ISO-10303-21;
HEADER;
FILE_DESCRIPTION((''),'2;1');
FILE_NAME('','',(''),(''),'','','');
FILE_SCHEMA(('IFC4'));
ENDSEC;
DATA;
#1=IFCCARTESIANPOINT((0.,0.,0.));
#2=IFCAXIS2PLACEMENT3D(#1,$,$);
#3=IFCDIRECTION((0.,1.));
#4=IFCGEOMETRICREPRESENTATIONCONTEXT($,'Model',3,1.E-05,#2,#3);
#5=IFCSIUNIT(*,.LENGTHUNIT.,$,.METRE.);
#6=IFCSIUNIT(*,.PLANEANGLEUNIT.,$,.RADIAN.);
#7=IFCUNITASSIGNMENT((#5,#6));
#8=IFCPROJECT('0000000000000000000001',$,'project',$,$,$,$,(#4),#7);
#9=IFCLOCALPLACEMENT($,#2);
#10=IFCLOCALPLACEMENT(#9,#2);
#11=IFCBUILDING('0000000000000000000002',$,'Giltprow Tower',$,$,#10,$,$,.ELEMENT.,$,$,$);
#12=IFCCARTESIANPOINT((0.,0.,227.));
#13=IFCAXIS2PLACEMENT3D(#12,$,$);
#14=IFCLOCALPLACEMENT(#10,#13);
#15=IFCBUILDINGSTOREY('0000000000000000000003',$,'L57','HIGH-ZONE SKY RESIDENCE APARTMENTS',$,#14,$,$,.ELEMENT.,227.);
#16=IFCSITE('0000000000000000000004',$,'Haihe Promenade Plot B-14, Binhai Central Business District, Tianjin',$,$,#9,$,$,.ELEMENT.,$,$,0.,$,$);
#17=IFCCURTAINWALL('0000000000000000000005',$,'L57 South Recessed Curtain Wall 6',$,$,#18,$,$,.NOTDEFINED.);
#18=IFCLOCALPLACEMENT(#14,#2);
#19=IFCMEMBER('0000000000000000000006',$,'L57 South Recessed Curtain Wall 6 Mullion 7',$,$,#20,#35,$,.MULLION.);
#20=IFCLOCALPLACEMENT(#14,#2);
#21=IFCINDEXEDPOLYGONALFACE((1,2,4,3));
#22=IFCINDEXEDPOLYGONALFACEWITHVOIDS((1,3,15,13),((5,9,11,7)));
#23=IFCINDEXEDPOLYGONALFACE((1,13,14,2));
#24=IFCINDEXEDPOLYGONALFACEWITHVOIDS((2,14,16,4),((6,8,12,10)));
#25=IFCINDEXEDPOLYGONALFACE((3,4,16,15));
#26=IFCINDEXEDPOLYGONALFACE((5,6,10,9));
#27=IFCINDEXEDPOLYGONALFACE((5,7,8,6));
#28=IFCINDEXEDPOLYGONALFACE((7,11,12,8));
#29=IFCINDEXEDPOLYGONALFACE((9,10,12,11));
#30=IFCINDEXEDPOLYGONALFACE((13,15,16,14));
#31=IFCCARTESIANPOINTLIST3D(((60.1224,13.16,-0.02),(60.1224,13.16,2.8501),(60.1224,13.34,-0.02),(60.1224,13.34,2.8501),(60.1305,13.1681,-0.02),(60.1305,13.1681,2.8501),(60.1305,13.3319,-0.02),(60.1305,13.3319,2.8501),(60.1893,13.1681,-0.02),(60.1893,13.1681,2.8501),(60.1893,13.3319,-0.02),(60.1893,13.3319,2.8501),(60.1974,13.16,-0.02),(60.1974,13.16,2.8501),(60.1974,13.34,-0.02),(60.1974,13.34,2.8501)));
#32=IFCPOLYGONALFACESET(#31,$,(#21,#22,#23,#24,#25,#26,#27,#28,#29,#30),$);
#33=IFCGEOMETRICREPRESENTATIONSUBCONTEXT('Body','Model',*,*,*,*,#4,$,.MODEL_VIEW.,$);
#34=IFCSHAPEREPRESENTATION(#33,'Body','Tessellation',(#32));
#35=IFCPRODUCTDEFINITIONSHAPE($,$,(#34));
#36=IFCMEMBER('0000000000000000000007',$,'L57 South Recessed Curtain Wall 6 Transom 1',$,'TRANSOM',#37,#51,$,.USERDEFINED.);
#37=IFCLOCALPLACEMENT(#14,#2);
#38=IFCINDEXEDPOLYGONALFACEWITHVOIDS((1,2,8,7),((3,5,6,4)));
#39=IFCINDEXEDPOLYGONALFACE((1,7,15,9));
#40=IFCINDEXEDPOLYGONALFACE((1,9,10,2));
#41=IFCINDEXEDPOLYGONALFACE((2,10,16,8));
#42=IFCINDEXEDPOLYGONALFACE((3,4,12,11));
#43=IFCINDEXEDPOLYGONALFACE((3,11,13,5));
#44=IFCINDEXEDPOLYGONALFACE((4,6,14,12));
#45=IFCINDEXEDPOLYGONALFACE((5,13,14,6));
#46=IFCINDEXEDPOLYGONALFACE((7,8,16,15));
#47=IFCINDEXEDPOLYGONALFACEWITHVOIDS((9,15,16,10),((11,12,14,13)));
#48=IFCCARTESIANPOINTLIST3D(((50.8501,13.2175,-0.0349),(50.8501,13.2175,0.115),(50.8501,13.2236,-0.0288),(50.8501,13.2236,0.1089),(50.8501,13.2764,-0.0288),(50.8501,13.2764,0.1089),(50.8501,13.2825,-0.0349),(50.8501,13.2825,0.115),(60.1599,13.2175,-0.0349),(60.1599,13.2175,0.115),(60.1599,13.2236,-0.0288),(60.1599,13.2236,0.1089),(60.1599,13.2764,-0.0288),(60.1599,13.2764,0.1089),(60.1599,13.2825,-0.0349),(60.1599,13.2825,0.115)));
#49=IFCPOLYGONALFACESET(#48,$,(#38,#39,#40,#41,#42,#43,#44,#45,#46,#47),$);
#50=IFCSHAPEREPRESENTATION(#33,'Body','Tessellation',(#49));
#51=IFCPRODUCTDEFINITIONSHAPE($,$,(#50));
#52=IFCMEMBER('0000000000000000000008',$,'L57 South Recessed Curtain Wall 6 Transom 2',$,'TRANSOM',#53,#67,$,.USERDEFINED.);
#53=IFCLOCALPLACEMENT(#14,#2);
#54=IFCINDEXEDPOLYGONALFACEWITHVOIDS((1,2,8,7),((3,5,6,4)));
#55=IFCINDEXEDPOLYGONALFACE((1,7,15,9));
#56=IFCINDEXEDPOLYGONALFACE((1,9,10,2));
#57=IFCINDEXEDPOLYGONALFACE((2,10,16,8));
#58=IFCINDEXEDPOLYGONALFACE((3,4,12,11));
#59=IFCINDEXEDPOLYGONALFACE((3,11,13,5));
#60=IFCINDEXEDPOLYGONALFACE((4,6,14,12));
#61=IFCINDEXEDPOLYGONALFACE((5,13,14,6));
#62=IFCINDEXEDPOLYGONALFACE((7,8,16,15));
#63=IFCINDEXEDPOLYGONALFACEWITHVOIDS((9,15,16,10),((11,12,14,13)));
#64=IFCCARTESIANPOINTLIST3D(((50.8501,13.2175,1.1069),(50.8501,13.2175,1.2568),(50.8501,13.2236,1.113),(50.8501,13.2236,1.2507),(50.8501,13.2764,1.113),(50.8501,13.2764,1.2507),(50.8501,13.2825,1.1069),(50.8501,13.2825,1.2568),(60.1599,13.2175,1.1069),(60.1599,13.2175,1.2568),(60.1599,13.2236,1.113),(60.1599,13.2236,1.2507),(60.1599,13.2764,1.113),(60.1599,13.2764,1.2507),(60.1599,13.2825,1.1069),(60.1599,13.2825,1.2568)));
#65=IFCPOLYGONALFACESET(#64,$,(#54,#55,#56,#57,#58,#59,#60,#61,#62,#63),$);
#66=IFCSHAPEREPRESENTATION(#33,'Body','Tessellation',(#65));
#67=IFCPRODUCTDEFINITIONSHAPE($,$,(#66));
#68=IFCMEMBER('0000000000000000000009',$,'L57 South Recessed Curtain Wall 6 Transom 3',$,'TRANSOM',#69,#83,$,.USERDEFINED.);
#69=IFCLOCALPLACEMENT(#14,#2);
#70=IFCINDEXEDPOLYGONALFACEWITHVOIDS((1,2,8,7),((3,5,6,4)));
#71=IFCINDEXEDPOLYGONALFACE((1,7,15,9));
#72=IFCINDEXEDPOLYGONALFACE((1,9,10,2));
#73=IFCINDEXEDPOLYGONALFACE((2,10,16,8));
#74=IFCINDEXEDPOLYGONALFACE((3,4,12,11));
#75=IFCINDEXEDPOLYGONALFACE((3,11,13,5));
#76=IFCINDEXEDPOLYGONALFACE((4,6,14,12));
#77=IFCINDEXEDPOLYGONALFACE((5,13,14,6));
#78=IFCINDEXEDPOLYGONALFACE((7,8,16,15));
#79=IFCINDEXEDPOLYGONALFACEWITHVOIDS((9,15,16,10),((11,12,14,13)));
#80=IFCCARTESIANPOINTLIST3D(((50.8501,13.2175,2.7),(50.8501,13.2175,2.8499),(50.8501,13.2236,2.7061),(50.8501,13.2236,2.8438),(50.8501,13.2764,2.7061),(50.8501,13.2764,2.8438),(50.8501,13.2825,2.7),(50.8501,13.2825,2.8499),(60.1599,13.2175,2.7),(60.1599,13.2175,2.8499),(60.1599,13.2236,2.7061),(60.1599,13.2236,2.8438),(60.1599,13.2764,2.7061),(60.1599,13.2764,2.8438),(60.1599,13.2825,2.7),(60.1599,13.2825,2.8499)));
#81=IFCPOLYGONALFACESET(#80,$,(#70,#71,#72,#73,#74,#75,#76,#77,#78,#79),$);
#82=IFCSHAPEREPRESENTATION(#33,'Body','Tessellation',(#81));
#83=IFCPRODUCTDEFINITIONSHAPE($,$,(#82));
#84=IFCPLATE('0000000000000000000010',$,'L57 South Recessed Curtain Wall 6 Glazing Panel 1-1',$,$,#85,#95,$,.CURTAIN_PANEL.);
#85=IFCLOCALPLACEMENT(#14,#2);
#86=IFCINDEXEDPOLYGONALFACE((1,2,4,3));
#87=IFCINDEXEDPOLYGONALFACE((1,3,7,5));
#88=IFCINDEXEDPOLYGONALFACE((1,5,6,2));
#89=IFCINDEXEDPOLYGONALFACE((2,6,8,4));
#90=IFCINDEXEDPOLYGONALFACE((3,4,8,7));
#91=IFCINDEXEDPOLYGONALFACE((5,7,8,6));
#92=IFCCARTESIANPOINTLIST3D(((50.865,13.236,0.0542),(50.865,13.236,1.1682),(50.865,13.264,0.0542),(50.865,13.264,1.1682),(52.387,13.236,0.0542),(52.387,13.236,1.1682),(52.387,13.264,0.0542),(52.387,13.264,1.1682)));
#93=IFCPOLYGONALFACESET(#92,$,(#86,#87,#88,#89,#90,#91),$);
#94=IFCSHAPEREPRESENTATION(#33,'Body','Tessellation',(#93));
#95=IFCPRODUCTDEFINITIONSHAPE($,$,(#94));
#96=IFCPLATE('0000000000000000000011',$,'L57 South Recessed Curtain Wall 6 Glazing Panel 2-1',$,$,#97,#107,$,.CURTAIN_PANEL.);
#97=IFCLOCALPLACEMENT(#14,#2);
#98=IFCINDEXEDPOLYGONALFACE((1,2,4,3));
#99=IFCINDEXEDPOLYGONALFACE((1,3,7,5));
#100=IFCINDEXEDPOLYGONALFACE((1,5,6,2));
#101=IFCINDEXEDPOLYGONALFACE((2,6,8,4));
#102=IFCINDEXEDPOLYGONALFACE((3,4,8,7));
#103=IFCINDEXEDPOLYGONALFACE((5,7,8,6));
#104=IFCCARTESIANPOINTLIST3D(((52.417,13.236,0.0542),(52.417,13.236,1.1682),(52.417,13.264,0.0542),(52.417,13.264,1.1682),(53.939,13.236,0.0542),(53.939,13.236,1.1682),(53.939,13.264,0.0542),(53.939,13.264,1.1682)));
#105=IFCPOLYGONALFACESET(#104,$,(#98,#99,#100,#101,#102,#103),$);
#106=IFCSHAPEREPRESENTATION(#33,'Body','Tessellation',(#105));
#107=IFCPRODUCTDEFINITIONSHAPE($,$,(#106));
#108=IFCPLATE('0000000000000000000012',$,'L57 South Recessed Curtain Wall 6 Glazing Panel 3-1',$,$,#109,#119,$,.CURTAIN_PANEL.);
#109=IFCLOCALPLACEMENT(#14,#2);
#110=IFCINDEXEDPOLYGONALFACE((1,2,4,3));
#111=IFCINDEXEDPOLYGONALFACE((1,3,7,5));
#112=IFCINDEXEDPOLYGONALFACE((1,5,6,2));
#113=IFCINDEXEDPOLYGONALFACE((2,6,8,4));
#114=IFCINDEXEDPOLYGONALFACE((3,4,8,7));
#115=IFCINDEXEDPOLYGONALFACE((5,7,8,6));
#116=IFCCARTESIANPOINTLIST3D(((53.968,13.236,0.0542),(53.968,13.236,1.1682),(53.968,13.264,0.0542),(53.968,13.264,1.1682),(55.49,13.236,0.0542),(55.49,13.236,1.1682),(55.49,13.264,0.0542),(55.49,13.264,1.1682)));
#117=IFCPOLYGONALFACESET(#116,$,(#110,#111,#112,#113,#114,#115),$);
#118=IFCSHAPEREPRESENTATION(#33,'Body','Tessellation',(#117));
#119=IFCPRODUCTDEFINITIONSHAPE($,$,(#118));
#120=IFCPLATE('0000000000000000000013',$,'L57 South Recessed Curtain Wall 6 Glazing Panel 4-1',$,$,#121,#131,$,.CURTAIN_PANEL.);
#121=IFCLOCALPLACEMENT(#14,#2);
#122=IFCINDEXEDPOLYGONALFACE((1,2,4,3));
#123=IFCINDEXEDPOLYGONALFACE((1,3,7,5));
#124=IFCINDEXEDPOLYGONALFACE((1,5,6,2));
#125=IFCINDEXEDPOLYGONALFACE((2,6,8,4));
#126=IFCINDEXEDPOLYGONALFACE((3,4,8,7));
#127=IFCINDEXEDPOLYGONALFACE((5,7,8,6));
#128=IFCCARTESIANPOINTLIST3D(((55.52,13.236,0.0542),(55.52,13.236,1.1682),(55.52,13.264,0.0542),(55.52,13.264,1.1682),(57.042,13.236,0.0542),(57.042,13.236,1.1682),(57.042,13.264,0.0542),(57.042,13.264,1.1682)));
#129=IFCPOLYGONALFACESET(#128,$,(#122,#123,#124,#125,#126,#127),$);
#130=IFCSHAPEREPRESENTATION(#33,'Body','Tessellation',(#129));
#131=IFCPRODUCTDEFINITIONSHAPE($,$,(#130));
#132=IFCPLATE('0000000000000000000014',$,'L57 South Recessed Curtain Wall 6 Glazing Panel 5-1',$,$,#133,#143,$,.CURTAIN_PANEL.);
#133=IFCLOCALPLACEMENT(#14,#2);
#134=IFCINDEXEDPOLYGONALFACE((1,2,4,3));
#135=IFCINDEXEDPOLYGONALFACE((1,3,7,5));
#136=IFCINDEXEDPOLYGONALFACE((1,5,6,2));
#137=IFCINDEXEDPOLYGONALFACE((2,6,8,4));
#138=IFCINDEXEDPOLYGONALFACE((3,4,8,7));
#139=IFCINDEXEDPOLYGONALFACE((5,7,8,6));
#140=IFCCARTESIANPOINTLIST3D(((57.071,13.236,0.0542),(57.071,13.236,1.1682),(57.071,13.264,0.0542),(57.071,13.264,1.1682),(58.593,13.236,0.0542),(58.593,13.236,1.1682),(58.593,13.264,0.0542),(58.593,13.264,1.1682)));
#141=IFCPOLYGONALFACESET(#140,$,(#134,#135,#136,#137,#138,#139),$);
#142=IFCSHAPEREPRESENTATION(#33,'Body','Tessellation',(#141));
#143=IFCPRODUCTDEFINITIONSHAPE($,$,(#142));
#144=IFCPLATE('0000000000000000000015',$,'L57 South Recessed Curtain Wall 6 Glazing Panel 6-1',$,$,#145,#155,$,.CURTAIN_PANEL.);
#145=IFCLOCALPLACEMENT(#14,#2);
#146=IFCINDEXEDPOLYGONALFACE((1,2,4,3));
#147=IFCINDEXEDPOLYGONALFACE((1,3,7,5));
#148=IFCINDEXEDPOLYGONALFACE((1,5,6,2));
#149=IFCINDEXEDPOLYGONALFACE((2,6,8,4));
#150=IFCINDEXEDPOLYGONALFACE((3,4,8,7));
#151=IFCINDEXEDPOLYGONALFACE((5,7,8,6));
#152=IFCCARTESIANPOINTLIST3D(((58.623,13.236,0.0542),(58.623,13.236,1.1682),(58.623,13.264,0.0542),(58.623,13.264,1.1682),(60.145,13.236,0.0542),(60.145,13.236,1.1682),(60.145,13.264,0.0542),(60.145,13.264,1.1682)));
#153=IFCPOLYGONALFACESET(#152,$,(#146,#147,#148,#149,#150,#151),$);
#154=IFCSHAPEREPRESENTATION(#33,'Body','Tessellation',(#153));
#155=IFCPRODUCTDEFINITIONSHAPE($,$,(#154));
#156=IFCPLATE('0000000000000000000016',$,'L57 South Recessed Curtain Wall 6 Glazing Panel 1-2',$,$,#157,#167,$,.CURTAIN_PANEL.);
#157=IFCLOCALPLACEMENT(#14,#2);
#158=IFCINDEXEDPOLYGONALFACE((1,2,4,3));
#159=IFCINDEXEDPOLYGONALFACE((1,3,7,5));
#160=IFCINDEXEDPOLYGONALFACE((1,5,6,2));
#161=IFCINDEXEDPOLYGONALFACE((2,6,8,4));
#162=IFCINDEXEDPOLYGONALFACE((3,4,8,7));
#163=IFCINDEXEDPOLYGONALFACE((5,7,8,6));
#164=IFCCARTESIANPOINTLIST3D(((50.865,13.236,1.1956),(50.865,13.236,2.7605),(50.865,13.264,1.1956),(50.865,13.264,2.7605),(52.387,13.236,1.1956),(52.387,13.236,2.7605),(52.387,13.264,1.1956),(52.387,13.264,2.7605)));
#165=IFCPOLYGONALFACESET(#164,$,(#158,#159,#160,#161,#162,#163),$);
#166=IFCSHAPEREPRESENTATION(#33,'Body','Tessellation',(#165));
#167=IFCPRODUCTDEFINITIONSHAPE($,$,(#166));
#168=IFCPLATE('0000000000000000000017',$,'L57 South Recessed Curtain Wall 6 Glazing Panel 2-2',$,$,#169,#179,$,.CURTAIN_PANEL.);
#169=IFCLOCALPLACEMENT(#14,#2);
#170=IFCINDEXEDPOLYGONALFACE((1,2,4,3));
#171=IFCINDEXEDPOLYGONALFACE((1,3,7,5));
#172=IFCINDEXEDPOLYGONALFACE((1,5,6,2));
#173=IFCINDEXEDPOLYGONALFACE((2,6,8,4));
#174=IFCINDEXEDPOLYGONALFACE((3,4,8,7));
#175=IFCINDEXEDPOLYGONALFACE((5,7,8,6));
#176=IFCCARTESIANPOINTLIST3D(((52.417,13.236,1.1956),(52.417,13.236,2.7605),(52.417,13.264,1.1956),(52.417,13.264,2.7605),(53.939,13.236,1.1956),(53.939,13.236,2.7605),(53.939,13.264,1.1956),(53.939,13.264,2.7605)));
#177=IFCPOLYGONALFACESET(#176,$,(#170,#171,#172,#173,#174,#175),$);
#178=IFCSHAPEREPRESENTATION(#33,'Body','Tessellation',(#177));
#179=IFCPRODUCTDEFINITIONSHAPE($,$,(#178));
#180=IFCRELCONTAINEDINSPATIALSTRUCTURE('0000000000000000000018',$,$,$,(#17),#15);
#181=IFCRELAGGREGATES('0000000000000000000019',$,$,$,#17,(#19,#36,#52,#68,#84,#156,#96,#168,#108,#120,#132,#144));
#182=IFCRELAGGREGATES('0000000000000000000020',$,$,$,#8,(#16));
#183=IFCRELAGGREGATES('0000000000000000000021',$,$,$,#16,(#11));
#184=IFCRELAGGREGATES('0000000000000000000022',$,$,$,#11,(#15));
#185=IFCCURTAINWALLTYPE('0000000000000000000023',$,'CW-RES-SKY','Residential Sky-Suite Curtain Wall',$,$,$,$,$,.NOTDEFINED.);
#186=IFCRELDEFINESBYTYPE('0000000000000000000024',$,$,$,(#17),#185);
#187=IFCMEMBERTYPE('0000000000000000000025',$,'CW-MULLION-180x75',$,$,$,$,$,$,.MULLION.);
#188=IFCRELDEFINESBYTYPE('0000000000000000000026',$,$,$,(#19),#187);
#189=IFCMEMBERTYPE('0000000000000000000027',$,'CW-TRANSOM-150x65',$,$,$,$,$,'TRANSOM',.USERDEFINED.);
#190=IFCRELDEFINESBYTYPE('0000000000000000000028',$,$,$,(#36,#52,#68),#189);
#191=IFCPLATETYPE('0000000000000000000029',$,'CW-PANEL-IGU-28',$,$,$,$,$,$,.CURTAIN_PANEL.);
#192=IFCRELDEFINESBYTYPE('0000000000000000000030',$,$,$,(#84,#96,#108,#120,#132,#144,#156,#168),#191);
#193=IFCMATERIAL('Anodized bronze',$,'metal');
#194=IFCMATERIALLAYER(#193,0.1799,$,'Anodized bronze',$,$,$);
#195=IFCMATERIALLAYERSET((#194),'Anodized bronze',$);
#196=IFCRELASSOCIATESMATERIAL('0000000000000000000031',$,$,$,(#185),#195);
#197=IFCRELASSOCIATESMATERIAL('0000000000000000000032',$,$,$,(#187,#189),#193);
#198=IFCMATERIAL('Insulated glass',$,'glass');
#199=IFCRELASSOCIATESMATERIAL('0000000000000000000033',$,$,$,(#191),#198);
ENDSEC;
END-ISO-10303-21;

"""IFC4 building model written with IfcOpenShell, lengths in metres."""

from ifc_helpers import new_model, si_unit, direction, frame, origin, origin_2d, place, context, subcontext, project, spatial, rectangle, hollow_rectangle, extrude, source, transform, mapped, material, layer, layer_set, material_profile, profile_set, type_object, element, aggregate, save


model = new_model("IFC4")

# Units and contexts
model_context = context("Model", 3, precision=1e-05, world=origin(), true_north=direction((0.0, 1.0)))
body_context = subcontext(model_context, "Body", "Model", "MODEL_VIEW")
ifc_project = project(units=[si_unit("LENGTHUNIT", "METRE"), si_unit("PLANEANGLEUNIT", "RADIAN")], contexts=[model_context])

# Site, building, storey
site_placement = place(None, origin())
site = spatial("IfcSite", under=ifc_project, at=site_placement, Name="Haihe Promenade Plot B-14, Binhai Central Business District, Tianjin", CompositionType="ELEMENT", RefElevation=0.0)
building_placement = place(site_placement, origin())
building = spatial("IfcBuilding", under=site, at=building_placement, Name="Giltprow Tower", CompositionType="ELEMENT")
storey_placement = place(building_placement, frame((0.0, 0.0, 227.0)))
storey = spatial("IfcBuildingStorey", under=building, at=storey_placement, Name="L57", Description="HIGH-ZONE SKY RESIDENCE APARTMENTS", CompositionType="ELEMENT", Elevation=227.0)

# Curtain wall, members, plates
ifc_material_1 = material(Name="Anodized bronze", Category="metal")
ifc_layer_1 = layer(ifc_material_1, 0.1799, Name="Anodized bronze")
ifc_layer_set_1 = layer_set([ifc_layer_1], Name="Anodized bronze")
curtain_wall_type = type_object("IfcCurtainWallType", Name="CW-RES-SKY", Description="Residential Sky-Suite Curtain Wall", PredefinedType="NOTDEFINED", material=ifc_layer_set_1)
curtain_wall_placement = place(storey_placement, origin())
curtain_wall = element("IfcCurtainWall", 1, at=curtain_wall_placement, inside=storey, type_object=curtain_wall_type, Name="L57 South Recessed Curtain Wall 6", PredefinedType="NOTDEFINED")
ifc_material_profile_1 = material_profile(ifc_material_1, hollow_rectangle(XDim=0.075, YDim=0.1799, WallThickness=0.0081, at=origin_2d()), Name="RHS 180x75x8")
ifc_profile_set_1 = profile_set([ifc_material_profile_1], Name="Anodized bronze")
member_type_1 = type_object("IfcMemberType", Name="CW-MULLION-180x75", PredefinedType="MULLION", material=ifc_profile_set_1)
shared_shape_1 = source(origin(), body_context, "Body", "SweptSolid", [
    extrude(hollow_rectangle(XDim=0.075, YDim=0.1799, WallThickness=0.0081, at=origin_2d()), origin(), (0.0, 0.0, 1.0), 2.8701),
])
member_1_placement = place(storey_placement, frame((60.1599, 13.25, -0.02), z_axis=(0.0, 0.0, 1.0), x_axis=(1.0, 0.0, 0.0)))
member_1 = element("IfcMember", 2, at=member_1_placement, type_object=member_type_1, Name="L57 South Recessed Curtain Wall 6 Mullion 7", PredefinedType="MULLION", context=body_context, shape_type="MappedRepresentation", body=[
    mapped(shared_shape_1, transform((0.0, 0.0, 0.0), x_axis=(1.0, 0.0, 0.0), y_axis=(0.0, 1.0, 0.0), z_axis=(0.0, 0.0, 1.0), scale=1.0)),
])
ifc_material_profile_2 = material_profile(ifc_material_1, hollow_rectangle(XDim=0.0649, YDim=0.1499, WallThickness=0.0061, at=origin_2d()), Name="RHS 150x65x6")
ifc_profile_set_2 = profile_set([ifc_material_profile_2], Name="Anodized bronze")
member_type_2 = type_object("IfcMemberType", Name="CW-TRANSOM-150x65", ElementType="TRANSOM", PredefinedType="USERDEFINED", material=ifc_profile_set_2)
shared_shape_2 = source(origin(), body_context, "Body", "SweptSolid", [
    extrude(hollow_rectangle(XDim=0.0649, YDim=0.1499, WallThickness=0.0061, at=origin_2d()), origin(), (0.0, 0.0, 1.0), 9.3098),
])
member_2_placement = place(storey_placement, frame((50.8501, 13.25, 0.04), z_axis=(1.0, 0.0, 0.0), x_axis=(0.0, 1.0, 0.0)))
member_2 = element("IfcMember", 3, at=member_2_placement, type_object=member_type_2, Name="L57 South Recessed Curtain Wall 6 Transom 1", ObjectType="TRANSOM", PredefinedType="USERDEFINED", context=body_context, shape_type="MappedRepresentation", body=[
    mapped(shared_shape_2, transform((0.0, 0.0, 0.0), x_axis=(1.0, 0.0, 0.0), y_axis=(0.0, 1.0, 0.0), z_axis=(0.0, 0.0, 1.0), scale=1.0)),
])
member_3_placement = place(storey_placement, frame((50.8501, 13.25, 1.1819), z_axis=(1.0, 0.0, 0.0), x_axis=(0.0, 1.0, 0.0)))
member_3 = element("IfcMember", 4, at=member_3_placement, type_object=member_type_2, Name="L57 South Recessed Curtain Wall 6 Transom 2", ObjectType="TRANSOM", PredefinedType="USERDEFINED", context=body_context, shape_type="MappedRepresentation", body=[
    mapped(shared_shape_2, transform((0.0, 0.0, 0.0), x_axis=(1.0, 0.0, 0.0), y_axis=(0.0, 1.0, 0.0), z_axis=(0.0, 0.0, 1.0), scale=1.0)),
])
member_4_placement = place(storey_placement, frame((50.8501, 13.25, 2.7749), z_axis=(1.0, 0.0, 0.0), x_axis=(0.0, 1.0, 0.0)))
member_4 = element("IfcMember", 5, at=member_4_placement, type_object=member_type_2, Name="L57 South Recessed Curtain Wall 6 Transom 3", ObjectType="TRANSOM", PredefinedType="USERDEFINED", context=body_context, shape_type="MappedRepresentation", body=[
    mapped(shared_shape_2, transform((0.0, 0.0, 0.0), x_axis=(1.0, 0.0, 0.0), y_axis=(0.0, 1.0, 0.0), z_axis=(0.0, 0.0, 1.0), scale=1.0)),
])
ifc_material_2 = material(Name="Insulated glass", Category="glass")
plate_type = type_object("IfcPlateType", Name="CW-PANEL-IGU-28", PredefinedType="CURTAIN_PANEL", material=ifc_material_2)
shared_shape_3 = source(origin(), body_context, "Body", "SweptSolid", [
    extrude(rectangle(XDim=1.522, YDim=0.0281, at=origin_2d()), origin(), (0.0, 0.0, 1.0), 1.114),
])
plate_1_placement = place(storey_placement, frame((51.626, 13.25, 0.0542), z_axis=(0.0, 0.0, 1.0), x_axis=(1.0, 0.0, 0.0)))
plate_1 = element("IfcPlate", 6, at=plate_1_placement, type_object=plate_type, Name="L57 South Recessed Curtain Wall 6 Glazing Panel 1-1", PredefinedType="CURTAIN_PANEL", context=body_context, shape_type="MappedRepresentation", body=[
    mapped(shared_shape_3, transform((0.0, 0.0, 0.0), x_axis=(1.0, 0.0, 0.0), y_axis=(0.0, 1.0, 0.0), z_axis=(0.0, 0.0, 1.0), scale=1.0)),
])
plate_2_placement = place(storey_placement, frame((53.178, 13.25, 0.0542), z_axis=(0.0, 0.0, 1.0), x_axis=(1.0, 0.0, 0.0)))
plate_2 = element("IfcPlate", 7, at=plate_2_placement, type_object=plate_type, Name="L57 South Recessed Curtain Wall 6 Glazing Panel 2-1", PredefinedType="CURTAIN_PANEL", context=body_context, shape_type="MappedRepresentation", body=[
    mapped(shared_shape_3, transform((0.0, 0.0, 0.0), x_axis=(1.0, 0.0, 0.0), y_axis=(0.0, 1.0, 0.0), z_axis=(0.0, 0.0, 1.0), scale=1.0)),
])
plate_3_placement = place(storey_placement, frame((54.729, 13.25, 0.0542), z_axis=(0.0, 0.0, 1.0), x_axis=(1.0, 0.0, 0.0)))
plate_3 = element("IfcPlate", 8, at=plate_3_placement, type_object=plate_type, Name="L57 South Recessed Curtain Wall 6 Glazing Panel 3-1", PredefinedType="CURTAIN_PANEL", context=body_context, shape_type="MappedRepresentation", body=[
    mapped(shared_shape_3, transform((0.0, 0.0, 0.0), x_axis=(1.0, 0.0, 0.0), y_axis=(0.0, 1.0, 0.0), z_axis=(0.0, 0.0, 1.0), scale=1.0)),
])
plate_4_placement = place(storey_placement, frame((56.281, 13.25, 0.0542), z_axis=(0.0, 0.0, 1.0), x_axis=(1.0, 0.0, 0.0)))
plate_4 = element("IfcPlate", 9, at=plate_4_placement, type_object=plate_type, Name="L57 South Recessed Curtain Wall 6 Glazing Panel 4-1", PredefinedType="CURTAIN_PANEL", context=body_context, shape_type="MappedRepresentation", body=[
    mapped(shared_shape_3, transform((0.0, 0.0, 0.0), x_axis=(1.0, 0.0, 0.0), y_axis=(0.0, 1.0, 0.0), z_axis=(0.0, 0.0, 1.0), scale=1.0)),
])
plate_5_placement = place(storey_placement, frame((57.832, 13.25, 0.0542), z_axis=(0.0, 0.0, 1.0), x_axis=(1.0, 0.0, 0.0)))
plate_5 = element("IfcPlate", 10, at=plate_5_placement, type_object=plate_type, Name="L57 South Recessed Curtain Wall 6 Glazing Panel 5-1", PredefinedType="CURTAIN_PANEL", context=body_context, shape_type="MappedRepresentation", body=[
    mapped(shared_shape_3, transform((0.0, 0.0, 0.0), x_axis=(1.0, 0.0, 0.0), y_axis=(0.0, 1.0, 0.0), z_axis=(0.0, 0.0, 1.0), scale=1.0)),
])
plate_6_placement = place(storey_placement, frame((59.384, 13.25, 0.0542), z_axis=(0.0, 0.0, 1.0), x_axis=(1.0, 0.0, 0.0)))
plate_6 = element("IfcPlate", 11, at=plate_6_placement, type_object=plate_type, Name="L57 South Recessed Curtain Wall 6 Glazing Panel 6-1", PredefinedType="CURTAIN_PANEL", context=body_context, shape_type="MappedRepresentation", body=[
    mapped(shared_shape_3, transform((0.0, 0.0, 0.0), x_axis=(1.0, 0.0, 0.0), y_axis=(0.0, 1.0, 0.0), z_axis=(0.0, 0.0, 1.0), scale=1.0)),
])
shared_shape_4 = source(origin(), body_context, "Body", "SweptSolid", [
    extrude(rectangle(XDim=1.522, YDim=0.0281, at=origin_2d()), origin(), (0.0, 0.0, 1.0), 1.5649),
])
plate_7_placement = place(storey_placement, frame((51.626, 13.25, 1.1956), z_axis=(0.0, 0.0, 1.0), x_axis=(1.0, 0.0, 0.0)))
plate_7 = element("IfcPlate", 12, at=plate_7_placement, type_object=plate_type, Name="L57 South Recessed Curtain Wall 6 Glazing Panel 1-2", PredefinedType="CURTAIN_PANEL", context=body_context, shape_type="MappedRepresentation", body=[
    mapped(shared_shape_4, transform((0.0, 0.0, 0.0), x_axis=(1.0, 0.0, 0.0), y_axis=(0.0, 1.0, 0.0), z_axis=(0.0, 0.0, 1.0), scale=1.0)),
])
plate_8_placement = place(storey_placement, frame((53.178, 13.25, 1.1956), z_axis=(0.0, 0.0, 1.0), x_axis=(1.0, 0.0, 0.0)))
plate_8 = element("IfcPlate", 13, at=plate_8_placement, type_object=plate_type, Name="L57 South Recessed Curtain Wall 6 Glazing Panel 2-2", PredefinedType="CURTAIN_PANEL", context=body_context, shape_type="MappedRepresentation", body=[
    mapped(shared_shape_4, transform((0.0, 0.0, 0.0), x_axis=(1.0, 0.0, 0.0), y_axis=(0.0, 1.0, 0.0), z_axis=(0.0, 0.0, 1.0), scale=1.0)),
])
aggregate(curtain_wall, [member_1, member_2, member_3, member_4, plate_1, plate_7, plate_2, plate_8, plate_3, plate_4, plate_5, plate_6])

save(model, "model.ifc")
